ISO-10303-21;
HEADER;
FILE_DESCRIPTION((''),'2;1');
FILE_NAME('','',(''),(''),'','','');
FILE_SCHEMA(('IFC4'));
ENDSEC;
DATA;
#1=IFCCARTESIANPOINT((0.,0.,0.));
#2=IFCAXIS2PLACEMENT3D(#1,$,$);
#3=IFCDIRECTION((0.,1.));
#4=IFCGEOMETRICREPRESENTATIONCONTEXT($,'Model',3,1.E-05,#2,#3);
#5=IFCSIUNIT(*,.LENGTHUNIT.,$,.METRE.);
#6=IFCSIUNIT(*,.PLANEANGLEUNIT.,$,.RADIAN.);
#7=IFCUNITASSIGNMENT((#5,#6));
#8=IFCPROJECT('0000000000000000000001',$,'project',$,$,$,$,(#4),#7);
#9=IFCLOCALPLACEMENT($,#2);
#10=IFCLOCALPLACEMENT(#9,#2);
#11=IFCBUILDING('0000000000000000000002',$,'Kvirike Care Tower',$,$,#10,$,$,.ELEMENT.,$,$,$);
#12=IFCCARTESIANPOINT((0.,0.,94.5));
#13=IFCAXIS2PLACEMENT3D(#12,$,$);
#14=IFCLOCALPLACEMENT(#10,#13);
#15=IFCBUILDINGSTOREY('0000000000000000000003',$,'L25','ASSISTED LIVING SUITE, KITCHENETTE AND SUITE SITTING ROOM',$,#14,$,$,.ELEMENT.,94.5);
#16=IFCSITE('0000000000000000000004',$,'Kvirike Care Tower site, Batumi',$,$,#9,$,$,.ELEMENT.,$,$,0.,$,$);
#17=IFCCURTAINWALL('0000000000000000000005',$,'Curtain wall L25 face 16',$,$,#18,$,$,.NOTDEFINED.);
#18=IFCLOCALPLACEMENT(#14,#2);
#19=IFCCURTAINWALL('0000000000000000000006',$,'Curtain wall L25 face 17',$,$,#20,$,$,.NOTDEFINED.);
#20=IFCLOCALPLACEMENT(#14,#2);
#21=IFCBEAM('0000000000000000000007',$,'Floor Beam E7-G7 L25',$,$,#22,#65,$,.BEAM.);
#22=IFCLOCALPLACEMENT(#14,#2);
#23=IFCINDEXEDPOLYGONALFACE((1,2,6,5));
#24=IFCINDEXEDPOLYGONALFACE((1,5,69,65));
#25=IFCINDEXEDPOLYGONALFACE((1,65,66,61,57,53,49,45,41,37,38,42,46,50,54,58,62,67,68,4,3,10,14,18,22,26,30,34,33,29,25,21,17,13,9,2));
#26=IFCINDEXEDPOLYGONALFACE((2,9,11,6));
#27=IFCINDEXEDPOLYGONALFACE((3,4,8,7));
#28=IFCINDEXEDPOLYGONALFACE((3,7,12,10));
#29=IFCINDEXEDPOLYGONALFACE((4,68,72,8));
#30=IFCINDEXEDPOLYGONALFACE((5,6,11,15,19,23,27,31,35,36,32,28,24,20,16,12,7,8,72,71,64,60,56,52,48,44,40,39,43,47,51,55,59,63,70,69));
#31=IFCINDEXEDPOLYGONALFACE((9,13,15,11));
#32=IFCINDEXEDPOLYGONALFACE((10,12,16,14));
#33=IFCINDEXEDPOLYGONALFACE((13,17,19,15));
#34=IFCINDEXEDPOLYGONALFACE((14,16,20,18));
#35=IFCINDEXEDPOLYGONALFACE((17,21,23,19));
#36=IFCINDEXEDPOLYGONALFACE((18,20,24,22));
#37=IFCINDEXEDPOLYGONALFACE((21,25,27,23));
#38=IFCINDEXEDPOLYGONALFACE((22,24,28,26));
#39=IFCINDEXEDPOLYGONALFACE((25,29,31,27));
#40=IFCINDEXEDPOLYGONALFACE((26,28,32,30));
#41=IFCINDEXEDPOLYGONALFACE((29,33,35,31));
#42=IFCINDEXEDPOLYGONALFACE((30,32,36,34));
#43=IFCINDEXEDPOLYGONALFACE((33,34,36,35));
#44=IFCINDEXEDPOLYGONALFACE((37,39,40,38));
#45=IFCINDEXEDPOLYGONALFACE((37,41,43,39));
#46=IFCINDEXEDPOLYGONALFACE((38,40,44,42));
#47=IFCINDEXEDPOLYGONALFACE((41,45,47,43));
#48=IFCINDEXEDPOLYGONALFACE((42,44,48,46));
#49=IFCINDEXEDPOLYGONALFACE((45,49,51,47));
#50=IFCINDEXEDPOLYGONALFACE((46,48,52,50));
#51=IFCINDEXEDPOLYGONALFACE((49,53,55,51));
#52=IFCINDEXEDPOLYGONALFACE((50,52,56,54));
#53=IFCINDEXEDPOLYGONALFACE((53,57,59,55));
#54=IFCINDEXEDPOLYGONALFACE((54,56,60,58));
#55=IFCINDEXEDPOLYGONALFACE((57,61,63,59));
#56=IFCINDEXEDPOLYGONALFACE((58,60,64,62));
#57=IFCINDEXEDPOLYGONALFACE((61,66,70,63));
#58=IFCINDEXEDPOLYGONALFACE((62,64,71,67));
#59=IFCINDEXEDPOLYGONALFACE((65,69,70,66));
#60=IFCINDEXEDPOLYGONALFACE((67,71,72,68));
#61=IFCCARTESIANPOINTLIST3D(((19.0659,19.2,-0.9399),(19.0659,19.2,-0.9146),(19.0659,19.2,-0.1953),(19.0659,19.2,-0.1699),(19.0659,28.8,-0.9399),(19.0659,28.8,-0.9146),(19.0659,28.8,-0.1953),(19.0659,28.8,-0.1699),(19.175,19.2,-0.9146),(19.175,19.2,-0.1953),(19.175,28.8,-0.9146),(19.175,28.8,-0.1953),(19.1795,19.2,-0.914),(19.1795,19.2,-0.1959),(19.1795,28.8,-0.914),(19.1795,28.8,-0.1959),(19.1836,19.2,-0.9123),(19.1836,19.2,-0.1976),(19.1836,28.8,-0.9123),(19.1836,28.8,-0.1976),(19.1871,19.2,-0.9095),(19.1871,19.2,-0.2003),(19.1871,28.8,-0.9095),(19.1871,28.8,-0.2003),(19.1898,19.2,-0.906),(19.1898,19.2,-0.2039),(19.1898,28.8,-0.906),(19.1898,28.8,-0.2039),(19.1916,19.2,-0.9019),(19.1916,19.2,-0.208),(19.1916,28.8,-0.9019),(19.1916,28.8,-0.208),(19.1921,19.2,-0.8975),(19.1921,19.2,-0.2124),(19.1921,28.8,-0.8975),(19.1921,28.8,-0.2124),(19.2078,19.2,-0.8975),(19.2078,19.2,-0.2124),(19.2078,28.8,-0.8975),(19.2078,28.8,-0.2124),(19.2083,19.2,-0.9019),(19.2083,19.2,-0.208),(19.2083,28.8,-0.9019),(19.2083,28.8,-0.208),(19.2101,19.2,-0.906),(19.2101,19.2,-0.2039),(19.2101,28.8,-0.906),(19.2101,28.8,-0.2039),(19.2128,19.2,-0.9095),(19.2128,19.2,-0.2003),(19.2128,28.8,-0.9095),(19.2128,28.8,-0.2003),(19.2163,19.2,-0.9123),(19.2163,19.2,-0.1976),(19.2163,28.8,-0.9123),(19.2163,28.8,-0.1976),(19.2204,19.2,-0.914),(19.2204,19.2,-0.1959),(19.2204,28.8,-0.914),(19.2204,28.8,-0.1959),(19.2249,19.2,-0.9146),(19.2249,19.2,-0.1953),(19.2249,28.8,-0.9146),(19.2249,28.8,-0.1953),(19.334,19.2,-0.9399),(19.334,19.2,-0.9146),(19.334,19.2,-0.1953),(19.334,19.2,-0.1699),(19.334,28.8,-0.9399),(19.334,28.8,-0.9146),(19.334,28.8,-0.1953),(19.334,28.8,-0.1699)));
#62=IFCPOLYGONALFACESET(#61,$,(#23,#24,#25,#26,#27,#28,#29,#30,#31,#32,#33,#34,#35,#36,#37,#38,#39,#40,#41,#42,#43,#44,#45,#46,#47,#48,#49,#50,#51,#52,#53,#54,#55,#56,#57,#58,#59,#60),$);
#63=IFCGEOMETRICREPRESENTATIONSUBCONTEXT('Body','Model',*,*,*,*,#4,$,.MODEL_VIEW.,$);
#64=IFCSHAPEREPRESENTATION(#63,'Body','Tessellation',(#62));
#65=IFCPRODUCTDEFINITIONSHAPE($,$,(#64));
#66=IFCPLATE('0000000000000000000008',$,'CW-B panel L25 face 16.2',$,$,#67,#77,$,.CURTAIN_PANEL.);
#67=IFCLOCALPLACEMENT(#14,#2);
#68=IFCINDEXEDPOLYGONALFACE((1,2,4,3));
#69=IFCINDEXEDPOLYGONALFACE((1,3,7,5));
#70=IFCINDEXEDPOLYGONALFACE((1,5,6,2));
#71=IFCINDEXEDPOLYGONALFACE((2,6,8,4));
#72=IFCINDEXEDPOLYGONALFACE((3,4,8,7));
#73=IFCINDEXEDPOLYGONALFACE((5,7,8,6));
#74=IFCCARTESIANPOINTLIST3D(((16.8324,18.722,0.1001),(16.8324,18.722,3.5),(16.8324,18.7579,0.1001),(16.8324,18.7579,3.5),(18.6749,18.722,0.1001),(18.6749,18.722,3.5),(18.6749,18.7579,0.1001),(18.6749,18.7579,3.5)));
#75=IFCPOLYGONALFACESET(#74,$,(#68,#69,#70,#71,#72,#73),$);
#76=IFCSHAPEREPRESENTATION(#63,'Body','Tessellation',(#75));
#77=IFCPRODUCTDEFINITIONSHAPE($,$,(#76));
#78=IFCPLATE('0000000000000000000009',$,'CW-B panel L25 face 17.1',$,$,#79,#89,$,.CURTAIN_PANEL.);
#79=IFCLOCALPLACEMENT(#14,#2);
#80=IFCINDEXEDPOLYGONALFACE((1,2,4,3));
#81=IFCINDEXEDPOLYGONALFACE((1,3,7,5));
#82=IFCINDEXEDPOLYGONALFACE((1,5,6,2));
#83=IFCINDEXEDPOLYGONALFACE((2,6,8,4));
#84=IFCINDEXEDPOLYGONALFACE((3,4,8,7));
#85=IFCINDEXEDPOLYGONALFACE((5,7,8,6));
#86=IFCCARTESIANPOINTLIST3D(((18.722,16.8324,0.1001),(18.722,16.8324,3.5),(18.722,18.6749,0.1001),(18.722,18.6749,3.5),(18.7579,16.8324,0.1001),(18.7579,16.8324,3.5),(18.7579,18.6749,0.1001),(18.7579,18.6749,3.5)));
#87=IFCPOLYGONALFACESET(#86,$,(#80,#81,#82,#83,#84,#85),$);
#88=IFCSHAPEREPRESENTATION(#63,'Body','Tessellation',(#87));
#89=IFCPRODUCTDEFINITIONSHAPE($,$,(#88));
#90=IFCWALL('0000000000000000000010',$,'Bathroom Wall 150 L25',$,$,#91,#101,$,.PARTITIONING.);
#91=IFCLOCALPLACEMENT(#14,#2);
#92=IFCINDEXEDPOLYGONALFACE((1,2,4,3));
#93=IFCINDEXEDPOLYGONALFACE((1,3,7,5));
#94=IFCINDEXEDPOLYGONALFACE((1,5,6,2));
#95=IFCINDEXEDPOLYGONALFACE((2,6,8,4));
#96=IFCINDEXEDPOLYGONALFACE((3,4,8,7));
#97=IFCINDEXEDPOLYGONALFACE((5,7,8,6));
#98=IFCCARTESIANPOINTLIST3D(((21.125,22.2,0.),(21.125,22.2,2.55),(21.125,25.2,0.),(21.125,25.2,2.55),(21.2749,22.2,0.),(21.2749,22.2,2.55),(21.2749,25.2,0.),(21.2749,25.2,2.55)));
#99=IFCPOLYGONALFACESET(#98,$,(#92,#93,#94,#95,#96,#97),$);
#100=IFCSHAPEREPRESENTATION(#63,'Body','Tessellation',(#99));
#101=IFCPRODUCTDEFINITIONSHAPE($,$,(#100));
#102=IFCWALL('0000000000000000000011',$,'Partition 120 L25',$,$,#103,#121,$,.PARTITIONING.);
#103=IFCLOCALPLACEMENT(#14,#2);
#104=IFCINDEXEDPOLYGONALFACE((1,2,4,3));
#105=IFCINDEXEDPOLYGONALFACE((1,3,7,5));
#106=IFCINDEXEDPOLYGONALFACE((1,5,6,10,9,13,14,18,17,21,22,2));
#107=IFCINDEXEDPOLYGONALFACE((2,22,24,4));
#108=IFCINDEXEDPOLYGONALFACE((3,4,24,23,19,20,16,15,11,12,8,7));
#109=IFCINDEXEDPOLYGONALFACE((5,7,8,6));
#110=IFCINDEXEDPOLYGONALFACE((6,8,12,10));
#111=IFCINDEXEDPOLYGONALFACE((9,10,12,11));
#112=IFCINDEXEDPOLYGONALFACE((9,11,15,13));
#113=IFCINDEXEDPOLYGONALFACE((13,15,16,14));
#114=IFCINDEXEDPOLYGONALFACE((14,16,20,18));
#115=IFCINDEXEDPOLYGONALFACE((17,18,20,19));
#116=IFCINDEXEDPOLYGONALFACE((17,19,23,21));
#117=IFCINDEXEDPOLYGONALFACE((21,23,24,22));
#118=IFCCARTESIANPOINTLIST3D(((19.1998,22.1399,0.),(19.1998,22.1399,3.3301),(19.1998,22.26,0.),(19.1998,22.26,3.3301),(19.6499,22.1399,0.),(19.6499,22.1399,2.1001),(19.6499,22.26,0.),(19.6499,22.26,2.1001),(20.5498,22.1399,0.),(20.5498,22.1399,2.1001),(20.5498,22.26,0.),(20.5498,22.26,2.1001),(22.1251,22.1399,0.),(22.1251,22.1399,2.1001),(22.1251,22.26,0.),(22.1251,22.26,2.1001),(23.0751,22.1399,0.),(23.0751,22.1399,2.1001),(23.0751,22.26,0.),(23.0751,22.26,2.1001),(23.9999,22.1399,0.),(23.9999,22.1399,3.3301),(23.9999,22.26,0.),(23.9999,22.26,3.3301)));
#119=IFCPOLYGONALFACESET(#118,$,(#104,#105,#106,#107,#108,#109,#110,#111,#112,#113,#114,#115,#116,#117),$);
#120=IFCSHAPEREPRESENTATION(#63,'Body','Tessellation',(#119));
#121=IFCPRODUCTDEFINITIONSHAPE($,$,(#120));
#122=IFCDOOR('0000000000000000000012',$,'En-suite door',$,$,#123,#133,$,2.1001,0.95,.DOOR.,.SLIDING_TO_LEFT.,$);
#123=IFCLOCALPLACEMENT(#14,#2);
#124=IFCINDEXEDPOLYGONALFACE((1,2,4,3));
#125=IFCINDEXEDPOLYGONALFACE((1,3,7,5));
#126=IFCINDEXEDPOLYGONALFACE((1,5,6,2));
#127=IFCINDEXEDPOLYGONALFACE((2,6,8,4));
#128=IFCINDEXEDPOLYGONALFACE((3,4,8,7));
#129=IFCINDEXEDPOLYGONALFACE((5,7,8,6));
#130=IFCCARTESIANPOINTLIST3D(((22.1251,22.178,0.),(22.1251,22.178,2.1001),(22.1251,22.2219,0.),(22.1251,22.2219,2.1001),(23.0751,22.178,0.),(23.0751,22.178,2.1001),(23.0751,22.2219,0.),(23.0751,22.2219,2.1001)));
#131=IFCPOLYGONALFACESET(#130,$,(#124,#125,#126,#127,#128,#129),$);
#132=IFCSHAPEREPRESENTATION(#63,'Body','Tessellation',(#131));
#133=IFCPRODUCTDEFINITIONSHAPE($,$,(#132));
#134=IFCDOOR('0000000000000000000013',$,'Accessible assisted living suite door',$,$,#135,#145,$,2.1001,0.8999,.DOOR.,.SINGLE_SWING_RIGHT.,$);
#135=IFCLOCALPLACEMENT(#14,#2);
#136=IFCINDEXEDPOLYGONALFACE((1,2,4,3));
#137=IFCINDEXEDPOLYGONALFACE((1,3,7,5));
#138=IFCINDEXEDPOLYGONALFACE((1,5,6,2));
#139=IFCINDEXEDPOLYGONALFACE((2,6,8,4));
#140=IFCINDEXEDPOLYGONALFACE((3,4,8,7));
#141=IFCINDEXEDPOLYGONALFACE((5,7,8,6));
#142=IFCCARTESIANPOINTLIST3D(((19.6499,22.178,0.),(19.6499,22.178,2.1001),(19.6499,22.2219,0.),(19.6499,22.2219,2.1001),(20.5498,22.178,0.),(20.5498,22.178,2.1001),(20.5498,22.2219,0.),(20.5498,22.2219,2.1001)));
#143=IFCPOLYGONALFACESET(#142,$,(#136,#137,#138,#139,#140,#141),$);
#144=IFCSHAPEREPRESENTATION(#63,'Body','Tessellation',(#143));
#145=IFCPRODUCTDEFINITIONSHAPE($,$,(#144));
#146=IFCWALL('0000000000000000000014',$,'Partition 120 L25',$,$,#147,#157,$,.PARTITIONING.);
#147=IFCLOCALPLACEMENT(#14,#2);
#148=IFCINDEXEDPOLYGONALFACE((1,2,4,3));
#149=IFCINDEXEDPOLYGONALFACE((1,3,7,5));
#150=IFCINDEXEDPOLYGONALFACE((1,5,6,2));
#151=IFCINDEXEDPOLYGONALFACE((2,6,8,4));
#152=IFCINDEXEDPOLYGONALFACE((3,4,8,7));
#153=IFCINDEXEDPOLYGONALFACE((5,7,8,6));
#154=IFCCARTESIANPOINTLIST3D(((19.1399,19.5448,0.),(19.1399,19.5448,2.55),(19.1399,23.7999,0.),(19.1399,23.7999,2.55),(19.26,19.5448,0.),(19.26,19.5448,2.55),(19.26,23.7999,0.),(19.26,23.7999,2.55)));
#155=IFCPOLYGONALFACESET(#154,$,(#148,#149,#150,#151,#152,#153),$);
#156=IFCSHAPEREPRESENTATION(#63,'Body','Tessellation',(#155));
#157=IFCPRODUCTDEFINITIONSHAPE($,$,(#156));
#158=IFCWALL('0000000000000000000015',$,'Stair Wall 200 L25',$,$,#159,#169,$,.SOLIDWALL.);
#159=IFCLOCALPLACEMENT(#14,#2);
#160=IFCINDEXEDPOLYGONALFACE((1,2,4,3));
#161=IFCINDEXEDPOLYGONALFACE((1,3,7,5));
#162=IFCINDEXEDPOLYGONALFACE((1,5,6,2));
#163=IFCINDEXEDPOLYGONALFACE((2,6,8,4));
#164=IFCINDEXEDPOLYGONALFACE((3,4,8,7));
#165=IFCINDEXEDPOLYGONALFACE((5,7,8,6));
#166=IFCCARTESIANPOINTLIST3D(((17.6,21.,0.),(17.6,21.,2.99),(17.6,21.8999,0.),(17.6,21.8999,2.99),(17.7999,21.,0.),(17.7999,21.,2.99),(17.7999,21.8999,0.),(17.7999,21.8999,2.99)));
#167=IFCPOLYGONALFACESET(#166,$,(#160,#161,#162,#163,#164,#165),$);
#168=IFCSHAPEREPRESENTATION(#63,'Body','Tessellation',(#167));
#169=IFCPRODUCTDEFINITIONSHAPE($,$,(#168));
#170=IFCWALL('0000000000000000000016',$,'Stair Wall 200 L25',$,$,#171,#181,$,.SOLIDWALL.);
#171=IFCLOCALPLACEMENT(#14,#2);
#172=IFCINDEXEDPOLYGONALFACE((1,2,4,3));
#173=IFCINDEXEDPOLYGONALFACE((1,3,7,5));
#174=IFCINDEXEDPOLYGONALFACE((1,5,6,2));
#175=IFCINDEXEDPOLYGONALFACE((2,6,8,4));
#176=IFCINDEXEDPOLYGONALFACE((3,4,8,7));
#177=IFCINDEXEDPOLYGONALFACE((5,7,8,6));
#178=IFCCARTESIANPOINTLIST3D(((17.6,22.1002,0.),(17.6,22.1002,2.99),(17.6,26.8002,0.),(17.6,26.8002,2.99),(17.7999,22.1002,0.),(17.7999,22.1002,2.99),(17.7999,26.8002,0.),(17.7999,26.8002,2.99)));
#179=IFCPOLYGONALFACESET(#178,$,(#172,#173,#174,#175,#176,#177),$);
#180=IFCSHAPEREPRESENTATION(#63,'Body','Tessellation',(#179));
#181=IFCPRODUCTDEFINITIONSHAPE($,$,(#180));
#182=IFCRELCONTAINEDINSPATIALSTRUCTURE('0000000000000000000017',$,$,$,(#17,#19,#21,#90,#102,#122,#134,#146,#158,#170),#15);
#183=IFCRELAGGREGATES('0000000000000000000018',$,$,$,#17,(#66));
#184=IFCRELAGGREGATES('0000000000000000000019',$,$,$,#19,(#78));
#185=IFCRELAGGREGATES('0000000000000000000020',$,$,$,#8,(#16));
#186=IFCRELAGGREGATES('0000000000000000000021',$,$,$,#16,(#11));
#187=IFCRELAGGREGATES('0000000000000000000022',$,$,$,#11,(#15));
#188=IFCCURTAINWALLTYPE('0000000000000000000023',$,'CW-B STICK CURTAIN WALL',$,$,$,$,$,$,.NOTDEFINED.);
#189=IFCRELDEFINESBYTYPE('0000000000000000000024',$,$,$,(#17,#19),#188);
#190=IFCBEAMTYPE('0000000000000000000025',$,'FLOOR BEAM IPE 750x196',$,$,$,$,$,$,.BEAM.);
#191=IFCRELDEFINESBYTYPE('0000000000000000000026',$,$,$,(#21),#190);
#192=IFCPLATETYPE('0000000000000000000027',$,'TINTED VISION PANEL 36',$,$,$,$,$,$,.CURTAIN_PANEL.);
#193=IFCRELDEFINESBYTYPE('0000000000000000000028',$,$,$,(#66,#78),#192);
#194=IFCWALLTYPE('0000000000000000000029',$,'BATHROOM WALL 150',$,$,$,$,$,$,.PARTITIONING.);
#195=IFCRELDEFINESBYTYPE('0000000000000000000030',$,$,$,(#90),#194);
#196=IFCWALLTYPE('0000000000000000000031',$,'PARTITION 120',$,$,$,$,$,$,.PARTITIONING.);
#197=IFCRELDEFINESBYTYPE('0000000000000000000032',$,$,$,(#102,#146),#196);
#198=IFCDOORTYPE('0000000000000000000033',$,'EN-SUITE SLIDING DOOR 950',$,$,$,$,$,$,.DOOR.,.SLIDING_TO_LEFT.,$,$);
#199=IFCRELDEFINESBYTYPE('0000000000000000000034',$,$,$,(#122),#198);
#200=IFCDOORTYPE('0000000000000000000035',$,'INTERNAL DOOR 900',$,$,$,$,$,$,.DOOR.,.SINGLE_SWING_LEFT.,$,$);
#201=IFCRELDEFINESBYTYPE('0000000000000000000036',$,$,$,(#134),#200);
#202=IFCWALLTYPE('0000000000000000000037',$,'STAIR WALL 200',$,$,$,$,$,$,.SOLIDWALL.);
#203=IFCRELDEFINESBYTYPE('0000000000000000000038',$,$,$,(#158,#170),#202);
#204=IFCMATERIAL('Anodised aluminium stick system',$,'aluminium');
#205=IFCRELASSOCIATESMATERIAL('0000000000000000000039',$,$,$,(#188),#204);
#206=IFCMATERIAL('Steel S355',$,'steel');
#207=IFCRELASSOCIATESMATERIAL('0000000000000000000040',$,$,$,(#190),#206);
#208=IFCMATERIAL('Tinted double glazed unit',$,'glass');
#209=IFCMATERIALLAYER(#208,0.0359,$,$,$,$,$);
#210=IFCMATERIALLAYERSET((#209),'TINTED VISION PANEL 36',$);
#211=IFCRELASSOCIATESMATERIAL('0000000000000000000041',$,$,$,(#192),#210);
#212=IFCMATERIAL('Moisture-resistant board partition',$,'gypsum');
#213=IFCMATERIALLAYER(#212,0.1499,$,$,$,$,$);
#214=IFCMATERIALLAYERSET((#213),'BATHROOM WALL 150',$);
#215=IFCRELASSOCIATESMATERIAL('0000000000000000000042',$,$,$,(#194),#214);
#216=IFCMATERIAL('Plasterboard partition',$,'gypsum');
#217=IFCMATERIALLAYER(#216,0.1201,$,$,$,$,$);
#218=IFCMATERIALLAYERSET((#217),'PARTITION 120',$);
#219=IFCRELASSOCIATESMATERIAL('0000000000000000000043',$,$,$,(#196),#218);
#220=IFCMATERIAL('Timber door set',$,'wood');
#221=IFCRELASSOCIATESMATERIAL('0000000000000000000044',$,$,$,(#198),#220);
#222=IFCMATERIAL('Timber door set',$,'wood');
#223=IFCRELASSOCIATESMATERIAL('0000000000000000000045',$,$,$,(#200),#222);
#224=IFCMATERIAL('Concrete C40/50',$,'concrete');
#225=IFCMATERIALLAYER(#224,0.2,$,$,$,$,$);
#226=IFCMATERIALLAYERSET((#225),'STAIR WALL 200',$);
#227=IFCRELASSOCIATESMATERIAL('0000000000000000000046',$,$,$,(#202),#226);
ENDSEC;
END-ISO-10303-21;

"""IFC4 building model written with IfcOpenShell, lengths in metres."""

from ifc_helpers import new_model, si_unit, direction, frame, frame_2d, origin, origin_2d, place, context, subcontext, project, spatial, rectangle, i_section, extrude, material, layer, layer_set, material_profile, profile_set, type_object, element, fill, aggregate, save


model = new_model("IFC4")

# Units and contexts
model_context = context("Model", 3, precision=1e-05, world=origin(), true_north=direction((0.0, 1.0)))
body_context = subcontext(model_context, "Body", "Model", "MODEL_VIEW")
ifc_project = project(units=[si_unit("LENGTHUNIT", "METRE"), si_unit("PLANEANGLEUNIT", "RADIAN")], contexts=[model_context])

# Site, building, storey
site_placement = place(None, origin())
site = spatial("IfcSite", under=ifc_project, at=site_placement, Name="Kvirike Care Tower site, Batumi", CompositionType="ELEMENT", RefElevation=0.0)
building_placement = place(site_placement, origin())
building = spatial("IfcBuilding", under=site, at=building_placement, Name="Kvirike Care Tower", CompositionType="ELEMENT")
storey_placement = place(building_placement, frame((0.0, 0.0, 94.5)))
storey = spatial("IfcBuildingStorey", under=building, at=storey_placement, Name="L25", Description="ASSISTED LIVING SUITE, KITCHENETTE AND SUITE SITTING ROOM", CompositionType="ELEMENT", Elevation=94.5)

# Curtain walls
ifc_material_1 = material(Name="Anodised aluminium stick system", Category="aluminium")
curtain_wall_type = type_object("IfcCurtainWallType", Name="CW-B STICK CURTAIN WALL", PredefinedType="NOTDEFINED", material=ifc_material_1)
curtain_wall_1_placement = place(storey_placement, origin())
curtain_wall_1 = element("IfcCurtainWall", 1, at=curtain_wall_1_placement, inside=storey, type_object=curtain_wall_type, Name="Curtain wall L25 face 16", PredefinedType="NOTDEFINED")
curtain_wall_2_placement = place(storey_placement, origin())
curtain_wall_2 = element("IfcCurtainWall", 2, at=curtain_wall_2_placement, inside=storey, type_object=curtain_wall_type, Name="Curtain wall L25 face 17", PredefinedType="NOTDEFINED")

# Beam
ifc_material_2 = material(Name="Steel S355", Category="steel")
ifc_material_profile_1 = material_profile(ifc_material_2, i_section(OverallWidth=0.2681, OverallDepth=0.77, WebThickness=0.0156, FlangeThickness=0.0254, FilletRadius=0.0171, at=origin_2d()), Name="IPE 750x196")
ifc_profile_set_1 = profile_set([ifc_material_profile_1], Name="Steel S355")
beam_type = type_object("IfcBeamType", Name="FLOOR BEAM IPE 750x196", PredefinedType="BEAM", material=ifc_profile_set_1)
for number, where, z_axis, x_axis, name in (
    (3, (19.2, 19.2, -0.5549), (0.0, 1.0, 0.0), (-1.0, 0.0, 0.0), "Floor Beam E7-G7 L25"),
):
    element("IfcBeam", number, at=place(storey_placement, frame(where, z_axis=z_axis, x_axis=x_axis)), inside=storey, type_object=beam_type, Name=name, PredefinedType="BEAM", context=body_context, shape_type="SweptSolid", body=[
        extrude(i_section(OverallWidth=0.2681, OverallDepth=0.77, WebThickness=0.0156, FlangeThickness=0.0254, FilletRadius=0.0171, at=origin_2d()), origin(), (0.0, 0.0, 1.0), 9.6001),
    ])

# Plates
ifc_material_3 = material(Name="Tinted double glazed unit", Category="glass")
ifc_layer_1 = layer(ifc_material_3, 0.0359)
ifc_layer_set_1 = layer_set([ifc_layer_1], Name="TINTED VISION PANEL 36")
plate_type = type_object("IfcPlateType", Name="TINTED VISION PANEL 36", PredefinedType="CURTAIN_PANEL", material=ifc_layer_set_1)
plate_1_placement = place(storey_placement, frame((17.7537, 18.74, 0.1001), z_axis=(0.0, 0.0, 1.0), x_axis=(1.0, 0.0, 0.0)))
plate_1 = element("IfcPlate", 4, at=plate_1_placement, type_object=plate_type, Name="CW-B panel L25 face 16.2", PredefinedType="CURTAIN_PANEL", context=body_context, shape_type="SweptSolid", body=[
    extrude(rectangle(XDim=1.8425, YDim=0.0359, at=origin_2d()), origin(), (0.0, 0.0, 1.0), 3.3999),
])
aggregate(curtain_wall_1, [plate_1])
plate_2_placement = place(storey_placement, frame((18.74, 17.7537, 0.1001), z_axis=(0.0, 0.0, 1.0), x_axis=(0.0, -1.0, 0.0)))
plate_2 = element("IfcPlate", 5, at=plate_2_placement, type_object=plate_type, Name="CW-B panel L25 face 17.1", PredefinedType="CURTAIN_PANEL", context=body_context, shape_type="SweptSolid", body=[
    extrude(rectangle(XDim=1.8425, YDim=0.0359, at=origin_2d()), origin(), (0.0, 0.0, 1.0), 3.3999),
])
aggregate(curtain_wall_2, [plate_2])

# Wall
ifc_material_4 = material(Name="Moisture-resistant board partition", Category="gypsum")
ifc_layer_2 = layer(ifc_material_4, 0.1499)
ifc_layer_set_2 = layer_set([ifc_layer_2], Name="BATHROOM WALL 150")
wall_type_1 = type_object("IfcWallType", Name="BATHROOM WALL 150", PredefinedType="PARTITIONING", material=ifc_layer_set_2)
wall_1_placement = place(storey_placement, frame((21.2, 22.2, 0.0), z_axis=(0.0, 0.0, 1.0), x_axis=(0.0, 1.0, 0.0)))
element("IfcWall", 6, at=wall_1_placement, inside=storey, type_object=wall_type_1, Name="Bathroom Wall 150 L25", PredefinedType="PARTITIONING", context=body_context, shape_type="SweptSolid", body=[
    extrude(rectangle(XDim=3.0, YDim=0.1499, at=frame_2d((1.5, 0.0))), origin(), (0.0, 0.0, 1.0), 2.55),
])

# Wall, openings, doors
ifc_material_5 = material(Name="Plasterboard partition", Category="gypsum")
ifc_layer_3 = layer(ifc_material_5, 0.1201)
ifc_layer_set_3 = layer_set([ifc_layer_3], Name="PARTITION 120")
wall_type_2 = type_object("IfcWallType", Name="PARTITION 120", PredefinedType="PARTITIONING", material=ifc_layer_set_3)
wall_2_placement = place(storey_placement, frame((19.2, 22.2, 0.0), z_axis=(0.0, 0.0, 1.0), x_axis=(1.0, 0.0, 0.0)))
wall_2 = element("IfcWall", 7, at=wall_2_placement, inside=storey, type_object=wall_type_2, Name="Partition 120 L25", PredefinedType="PARTITIONING", context=body_context, shape_type="SweptSolid", body=[
    extrude(rectangle(XDim=4.8, YDim=0.1201, at=frame_2d((2.3999, 0.0))), origin(), (0.0, 0.0, 1.0), 3.3301),
])
opening_1_placement = place(wall_2_placement, frame((0.45, 0.0, 0.0)))
opening_1 = element("IfcOpeningElement", 8, at=opening_1_placement, cuts=wall_2, PredefinedType="OPENING", context=body_context, shape_type="SweptSolid", body=[
    extrude(rectangle(XDim=0.8999, YDim=2.1001, at=frame_2d((0.45, 1.05))), frame((0.0, 0.0706, 0.0), z_axis=(0.0, -1.0, 0.0), x_axis=(1.0, 0.0, 0.0)), (0.0, 0.0, 1.0), 0.1411),
])
opening_2_placement = place(wall_2_placement, frame((2.925, 0.0, 0.0)))
opening_2 = element("IfcOpeningElement", 9, at=opening_2_placement, cuts=wall_2, PredefinedType="OPENING", context=body_context, shape_type="SweptSolid", body=[
    extrude(rectangle(XDim=0.95, YDim=2.1001, at=frame_2d((0.4751, 1.05))), frame((0.0, 0.0706, 0.0), z_axis=(0.0, -1.0, 0.0), x_axis=(1.0, 0.0, 0.0)), (0.0, 0.0, 1.0), 0.1411),
])
ifc_material_6 = material(Name="Timber door set", Category="wood")
door_type_1 = type_object("IfcDoorType", Name="EN-SUITE SLIDING DOOR 950", OperationType="SLIDING_TO_LEFT", PredefinedType="DOOR", material=ifc_material_6)
door_1_placement = place(opening_2_placement, origin())
door_1 = element("IfcDoor", 10, at=door_1_placement, inside=storey, type_object=door_type_1, Name="En-suite door", OperationType="SLIDING_TO_LEFT", OverallHeight=2.1001, OverallWidth=0.95, PredefinedType="DOOR", context=body_context, shape_type="SweptSolid", body=[
    extrude(rectangle(XDim=0.95, YDim=2.1001, at=frame_2d((0.4751, 1.05))), frame((0.0, 0.022, 0.0), z_axis=(0.0, -1.0, 0.0), x_axis=(1.0, 0.0, 0.0)), (0.0, 0.0, 1.0), 0.0439),
])
fill(opening_2, door_1)
ifc_material_7 = material(Name="Timber door set", Category="wood")
door_type_2 = type_object("IfcDoorType", Name="INTERNAL DOOR 900", OperationType="SINGLE_SWING_LEFT", PredefinedType="DOOR", material=ifc_material_7)
door_2_placement = place(opening_1_placement, origin())
door_2 = element("IfcDoor", 11, at=door_2_placement, inside=storey, type_object=door_type_2, Name="Accessible assisted living suite door", OperationType="SINGLE_SWING_RIGHT", OverallHeight=2.1001, OverallWidth=0.8999, PredefinedType="DOOR", context=body_context, shape_type="SweptSolid", body=[
    extrude(rectangle(XDim=0.8999, YDim=2.1001, at=frame_2d((0.45, 1.05))), frame((0.0, 0.022, 0.0), z_axis=(0.0, -1.0, 0.0), x_axis=(1.0, 0.0, 0.0)), (0.0, 0.0, 1.0), 0.0439),
])
fill(opening_1, door_2)

# Walls
wall_3_placement = place(storey_placement, frame((19.2, 19.5449, 0.0), z_axis=(0.0, 0.0, 1.0), x_axis=(0.0, 1.0, 0.0)))
element("IfcWall", 12, at=wall_3_placement, inside=storey, type_object=wall_type_2, Name="Partition 120 L25", PredefinedType="PARTITIONING", context=body_context, shape_type="SweptSolid", body=[
    extrude(rectangle(XDim=4.2551, YDim=0.1201, at=frame_2d((2.1274, 0.0))), origin(), (0.0, 0.0, 1.0), 2.55),
])
ifc_material_8 = material(Name="Concrete C40/50", Category="concrete")
ifc_layer_4 = layer(ifc_material_8, 0.2)
ifc_layer_set_4 = layer_set([ifc_layer_4], Name="STAIR WALL 200")
wall_type_3 = type_object("IfcWallType", Name="STAIR WALL 200", PredefinedType="SOLIDWALL", material=ifc_layer_set_4)
wall_4_placement = place(storey_placement, frame((17.7, 21.0, 0.0), z_axis=(0.0, 0.0, 1.0), x_axis=(0.0, 1.0, 0.0)))
element("IfcWall", 13, at=wall_4_placement, inside=storey, type_object=wall_type_3, Name="Stair Wall 200 L25", PredefinedType="SOLIDWALL", context=body_context, shape_type="SweptSolid", body=[
    extrude(rectangle(XDim=0.8999, YDim=0.2, at=frame_2d((0.45, 0.0))), origin(), (0.0, 0.0, 1.0), 2.99),
])
wall_5_placement = place(storey_placement, frame((17.7, 22.1001, 0.0), z_axis=(0.0, 0.0, 1.0), x_axis=(0.0, 1.0, 0.0)))
element("IfcWall", 14, at=wall_5_placement, inside=storey, type_object=wall_type_3, Name="Stair Wall 200 L25", PredefinedType="SOLIDWALL", context=body_context, shape_type="SweptSolid", body=[
    extrude(rectangle(XDim=4.7, YDim=0.2, at=frame_2d((2.3501, 0.0))), origin(), (0.0, 0.0, 1.0), 2.99),
])

save(model, "model.ifc")
